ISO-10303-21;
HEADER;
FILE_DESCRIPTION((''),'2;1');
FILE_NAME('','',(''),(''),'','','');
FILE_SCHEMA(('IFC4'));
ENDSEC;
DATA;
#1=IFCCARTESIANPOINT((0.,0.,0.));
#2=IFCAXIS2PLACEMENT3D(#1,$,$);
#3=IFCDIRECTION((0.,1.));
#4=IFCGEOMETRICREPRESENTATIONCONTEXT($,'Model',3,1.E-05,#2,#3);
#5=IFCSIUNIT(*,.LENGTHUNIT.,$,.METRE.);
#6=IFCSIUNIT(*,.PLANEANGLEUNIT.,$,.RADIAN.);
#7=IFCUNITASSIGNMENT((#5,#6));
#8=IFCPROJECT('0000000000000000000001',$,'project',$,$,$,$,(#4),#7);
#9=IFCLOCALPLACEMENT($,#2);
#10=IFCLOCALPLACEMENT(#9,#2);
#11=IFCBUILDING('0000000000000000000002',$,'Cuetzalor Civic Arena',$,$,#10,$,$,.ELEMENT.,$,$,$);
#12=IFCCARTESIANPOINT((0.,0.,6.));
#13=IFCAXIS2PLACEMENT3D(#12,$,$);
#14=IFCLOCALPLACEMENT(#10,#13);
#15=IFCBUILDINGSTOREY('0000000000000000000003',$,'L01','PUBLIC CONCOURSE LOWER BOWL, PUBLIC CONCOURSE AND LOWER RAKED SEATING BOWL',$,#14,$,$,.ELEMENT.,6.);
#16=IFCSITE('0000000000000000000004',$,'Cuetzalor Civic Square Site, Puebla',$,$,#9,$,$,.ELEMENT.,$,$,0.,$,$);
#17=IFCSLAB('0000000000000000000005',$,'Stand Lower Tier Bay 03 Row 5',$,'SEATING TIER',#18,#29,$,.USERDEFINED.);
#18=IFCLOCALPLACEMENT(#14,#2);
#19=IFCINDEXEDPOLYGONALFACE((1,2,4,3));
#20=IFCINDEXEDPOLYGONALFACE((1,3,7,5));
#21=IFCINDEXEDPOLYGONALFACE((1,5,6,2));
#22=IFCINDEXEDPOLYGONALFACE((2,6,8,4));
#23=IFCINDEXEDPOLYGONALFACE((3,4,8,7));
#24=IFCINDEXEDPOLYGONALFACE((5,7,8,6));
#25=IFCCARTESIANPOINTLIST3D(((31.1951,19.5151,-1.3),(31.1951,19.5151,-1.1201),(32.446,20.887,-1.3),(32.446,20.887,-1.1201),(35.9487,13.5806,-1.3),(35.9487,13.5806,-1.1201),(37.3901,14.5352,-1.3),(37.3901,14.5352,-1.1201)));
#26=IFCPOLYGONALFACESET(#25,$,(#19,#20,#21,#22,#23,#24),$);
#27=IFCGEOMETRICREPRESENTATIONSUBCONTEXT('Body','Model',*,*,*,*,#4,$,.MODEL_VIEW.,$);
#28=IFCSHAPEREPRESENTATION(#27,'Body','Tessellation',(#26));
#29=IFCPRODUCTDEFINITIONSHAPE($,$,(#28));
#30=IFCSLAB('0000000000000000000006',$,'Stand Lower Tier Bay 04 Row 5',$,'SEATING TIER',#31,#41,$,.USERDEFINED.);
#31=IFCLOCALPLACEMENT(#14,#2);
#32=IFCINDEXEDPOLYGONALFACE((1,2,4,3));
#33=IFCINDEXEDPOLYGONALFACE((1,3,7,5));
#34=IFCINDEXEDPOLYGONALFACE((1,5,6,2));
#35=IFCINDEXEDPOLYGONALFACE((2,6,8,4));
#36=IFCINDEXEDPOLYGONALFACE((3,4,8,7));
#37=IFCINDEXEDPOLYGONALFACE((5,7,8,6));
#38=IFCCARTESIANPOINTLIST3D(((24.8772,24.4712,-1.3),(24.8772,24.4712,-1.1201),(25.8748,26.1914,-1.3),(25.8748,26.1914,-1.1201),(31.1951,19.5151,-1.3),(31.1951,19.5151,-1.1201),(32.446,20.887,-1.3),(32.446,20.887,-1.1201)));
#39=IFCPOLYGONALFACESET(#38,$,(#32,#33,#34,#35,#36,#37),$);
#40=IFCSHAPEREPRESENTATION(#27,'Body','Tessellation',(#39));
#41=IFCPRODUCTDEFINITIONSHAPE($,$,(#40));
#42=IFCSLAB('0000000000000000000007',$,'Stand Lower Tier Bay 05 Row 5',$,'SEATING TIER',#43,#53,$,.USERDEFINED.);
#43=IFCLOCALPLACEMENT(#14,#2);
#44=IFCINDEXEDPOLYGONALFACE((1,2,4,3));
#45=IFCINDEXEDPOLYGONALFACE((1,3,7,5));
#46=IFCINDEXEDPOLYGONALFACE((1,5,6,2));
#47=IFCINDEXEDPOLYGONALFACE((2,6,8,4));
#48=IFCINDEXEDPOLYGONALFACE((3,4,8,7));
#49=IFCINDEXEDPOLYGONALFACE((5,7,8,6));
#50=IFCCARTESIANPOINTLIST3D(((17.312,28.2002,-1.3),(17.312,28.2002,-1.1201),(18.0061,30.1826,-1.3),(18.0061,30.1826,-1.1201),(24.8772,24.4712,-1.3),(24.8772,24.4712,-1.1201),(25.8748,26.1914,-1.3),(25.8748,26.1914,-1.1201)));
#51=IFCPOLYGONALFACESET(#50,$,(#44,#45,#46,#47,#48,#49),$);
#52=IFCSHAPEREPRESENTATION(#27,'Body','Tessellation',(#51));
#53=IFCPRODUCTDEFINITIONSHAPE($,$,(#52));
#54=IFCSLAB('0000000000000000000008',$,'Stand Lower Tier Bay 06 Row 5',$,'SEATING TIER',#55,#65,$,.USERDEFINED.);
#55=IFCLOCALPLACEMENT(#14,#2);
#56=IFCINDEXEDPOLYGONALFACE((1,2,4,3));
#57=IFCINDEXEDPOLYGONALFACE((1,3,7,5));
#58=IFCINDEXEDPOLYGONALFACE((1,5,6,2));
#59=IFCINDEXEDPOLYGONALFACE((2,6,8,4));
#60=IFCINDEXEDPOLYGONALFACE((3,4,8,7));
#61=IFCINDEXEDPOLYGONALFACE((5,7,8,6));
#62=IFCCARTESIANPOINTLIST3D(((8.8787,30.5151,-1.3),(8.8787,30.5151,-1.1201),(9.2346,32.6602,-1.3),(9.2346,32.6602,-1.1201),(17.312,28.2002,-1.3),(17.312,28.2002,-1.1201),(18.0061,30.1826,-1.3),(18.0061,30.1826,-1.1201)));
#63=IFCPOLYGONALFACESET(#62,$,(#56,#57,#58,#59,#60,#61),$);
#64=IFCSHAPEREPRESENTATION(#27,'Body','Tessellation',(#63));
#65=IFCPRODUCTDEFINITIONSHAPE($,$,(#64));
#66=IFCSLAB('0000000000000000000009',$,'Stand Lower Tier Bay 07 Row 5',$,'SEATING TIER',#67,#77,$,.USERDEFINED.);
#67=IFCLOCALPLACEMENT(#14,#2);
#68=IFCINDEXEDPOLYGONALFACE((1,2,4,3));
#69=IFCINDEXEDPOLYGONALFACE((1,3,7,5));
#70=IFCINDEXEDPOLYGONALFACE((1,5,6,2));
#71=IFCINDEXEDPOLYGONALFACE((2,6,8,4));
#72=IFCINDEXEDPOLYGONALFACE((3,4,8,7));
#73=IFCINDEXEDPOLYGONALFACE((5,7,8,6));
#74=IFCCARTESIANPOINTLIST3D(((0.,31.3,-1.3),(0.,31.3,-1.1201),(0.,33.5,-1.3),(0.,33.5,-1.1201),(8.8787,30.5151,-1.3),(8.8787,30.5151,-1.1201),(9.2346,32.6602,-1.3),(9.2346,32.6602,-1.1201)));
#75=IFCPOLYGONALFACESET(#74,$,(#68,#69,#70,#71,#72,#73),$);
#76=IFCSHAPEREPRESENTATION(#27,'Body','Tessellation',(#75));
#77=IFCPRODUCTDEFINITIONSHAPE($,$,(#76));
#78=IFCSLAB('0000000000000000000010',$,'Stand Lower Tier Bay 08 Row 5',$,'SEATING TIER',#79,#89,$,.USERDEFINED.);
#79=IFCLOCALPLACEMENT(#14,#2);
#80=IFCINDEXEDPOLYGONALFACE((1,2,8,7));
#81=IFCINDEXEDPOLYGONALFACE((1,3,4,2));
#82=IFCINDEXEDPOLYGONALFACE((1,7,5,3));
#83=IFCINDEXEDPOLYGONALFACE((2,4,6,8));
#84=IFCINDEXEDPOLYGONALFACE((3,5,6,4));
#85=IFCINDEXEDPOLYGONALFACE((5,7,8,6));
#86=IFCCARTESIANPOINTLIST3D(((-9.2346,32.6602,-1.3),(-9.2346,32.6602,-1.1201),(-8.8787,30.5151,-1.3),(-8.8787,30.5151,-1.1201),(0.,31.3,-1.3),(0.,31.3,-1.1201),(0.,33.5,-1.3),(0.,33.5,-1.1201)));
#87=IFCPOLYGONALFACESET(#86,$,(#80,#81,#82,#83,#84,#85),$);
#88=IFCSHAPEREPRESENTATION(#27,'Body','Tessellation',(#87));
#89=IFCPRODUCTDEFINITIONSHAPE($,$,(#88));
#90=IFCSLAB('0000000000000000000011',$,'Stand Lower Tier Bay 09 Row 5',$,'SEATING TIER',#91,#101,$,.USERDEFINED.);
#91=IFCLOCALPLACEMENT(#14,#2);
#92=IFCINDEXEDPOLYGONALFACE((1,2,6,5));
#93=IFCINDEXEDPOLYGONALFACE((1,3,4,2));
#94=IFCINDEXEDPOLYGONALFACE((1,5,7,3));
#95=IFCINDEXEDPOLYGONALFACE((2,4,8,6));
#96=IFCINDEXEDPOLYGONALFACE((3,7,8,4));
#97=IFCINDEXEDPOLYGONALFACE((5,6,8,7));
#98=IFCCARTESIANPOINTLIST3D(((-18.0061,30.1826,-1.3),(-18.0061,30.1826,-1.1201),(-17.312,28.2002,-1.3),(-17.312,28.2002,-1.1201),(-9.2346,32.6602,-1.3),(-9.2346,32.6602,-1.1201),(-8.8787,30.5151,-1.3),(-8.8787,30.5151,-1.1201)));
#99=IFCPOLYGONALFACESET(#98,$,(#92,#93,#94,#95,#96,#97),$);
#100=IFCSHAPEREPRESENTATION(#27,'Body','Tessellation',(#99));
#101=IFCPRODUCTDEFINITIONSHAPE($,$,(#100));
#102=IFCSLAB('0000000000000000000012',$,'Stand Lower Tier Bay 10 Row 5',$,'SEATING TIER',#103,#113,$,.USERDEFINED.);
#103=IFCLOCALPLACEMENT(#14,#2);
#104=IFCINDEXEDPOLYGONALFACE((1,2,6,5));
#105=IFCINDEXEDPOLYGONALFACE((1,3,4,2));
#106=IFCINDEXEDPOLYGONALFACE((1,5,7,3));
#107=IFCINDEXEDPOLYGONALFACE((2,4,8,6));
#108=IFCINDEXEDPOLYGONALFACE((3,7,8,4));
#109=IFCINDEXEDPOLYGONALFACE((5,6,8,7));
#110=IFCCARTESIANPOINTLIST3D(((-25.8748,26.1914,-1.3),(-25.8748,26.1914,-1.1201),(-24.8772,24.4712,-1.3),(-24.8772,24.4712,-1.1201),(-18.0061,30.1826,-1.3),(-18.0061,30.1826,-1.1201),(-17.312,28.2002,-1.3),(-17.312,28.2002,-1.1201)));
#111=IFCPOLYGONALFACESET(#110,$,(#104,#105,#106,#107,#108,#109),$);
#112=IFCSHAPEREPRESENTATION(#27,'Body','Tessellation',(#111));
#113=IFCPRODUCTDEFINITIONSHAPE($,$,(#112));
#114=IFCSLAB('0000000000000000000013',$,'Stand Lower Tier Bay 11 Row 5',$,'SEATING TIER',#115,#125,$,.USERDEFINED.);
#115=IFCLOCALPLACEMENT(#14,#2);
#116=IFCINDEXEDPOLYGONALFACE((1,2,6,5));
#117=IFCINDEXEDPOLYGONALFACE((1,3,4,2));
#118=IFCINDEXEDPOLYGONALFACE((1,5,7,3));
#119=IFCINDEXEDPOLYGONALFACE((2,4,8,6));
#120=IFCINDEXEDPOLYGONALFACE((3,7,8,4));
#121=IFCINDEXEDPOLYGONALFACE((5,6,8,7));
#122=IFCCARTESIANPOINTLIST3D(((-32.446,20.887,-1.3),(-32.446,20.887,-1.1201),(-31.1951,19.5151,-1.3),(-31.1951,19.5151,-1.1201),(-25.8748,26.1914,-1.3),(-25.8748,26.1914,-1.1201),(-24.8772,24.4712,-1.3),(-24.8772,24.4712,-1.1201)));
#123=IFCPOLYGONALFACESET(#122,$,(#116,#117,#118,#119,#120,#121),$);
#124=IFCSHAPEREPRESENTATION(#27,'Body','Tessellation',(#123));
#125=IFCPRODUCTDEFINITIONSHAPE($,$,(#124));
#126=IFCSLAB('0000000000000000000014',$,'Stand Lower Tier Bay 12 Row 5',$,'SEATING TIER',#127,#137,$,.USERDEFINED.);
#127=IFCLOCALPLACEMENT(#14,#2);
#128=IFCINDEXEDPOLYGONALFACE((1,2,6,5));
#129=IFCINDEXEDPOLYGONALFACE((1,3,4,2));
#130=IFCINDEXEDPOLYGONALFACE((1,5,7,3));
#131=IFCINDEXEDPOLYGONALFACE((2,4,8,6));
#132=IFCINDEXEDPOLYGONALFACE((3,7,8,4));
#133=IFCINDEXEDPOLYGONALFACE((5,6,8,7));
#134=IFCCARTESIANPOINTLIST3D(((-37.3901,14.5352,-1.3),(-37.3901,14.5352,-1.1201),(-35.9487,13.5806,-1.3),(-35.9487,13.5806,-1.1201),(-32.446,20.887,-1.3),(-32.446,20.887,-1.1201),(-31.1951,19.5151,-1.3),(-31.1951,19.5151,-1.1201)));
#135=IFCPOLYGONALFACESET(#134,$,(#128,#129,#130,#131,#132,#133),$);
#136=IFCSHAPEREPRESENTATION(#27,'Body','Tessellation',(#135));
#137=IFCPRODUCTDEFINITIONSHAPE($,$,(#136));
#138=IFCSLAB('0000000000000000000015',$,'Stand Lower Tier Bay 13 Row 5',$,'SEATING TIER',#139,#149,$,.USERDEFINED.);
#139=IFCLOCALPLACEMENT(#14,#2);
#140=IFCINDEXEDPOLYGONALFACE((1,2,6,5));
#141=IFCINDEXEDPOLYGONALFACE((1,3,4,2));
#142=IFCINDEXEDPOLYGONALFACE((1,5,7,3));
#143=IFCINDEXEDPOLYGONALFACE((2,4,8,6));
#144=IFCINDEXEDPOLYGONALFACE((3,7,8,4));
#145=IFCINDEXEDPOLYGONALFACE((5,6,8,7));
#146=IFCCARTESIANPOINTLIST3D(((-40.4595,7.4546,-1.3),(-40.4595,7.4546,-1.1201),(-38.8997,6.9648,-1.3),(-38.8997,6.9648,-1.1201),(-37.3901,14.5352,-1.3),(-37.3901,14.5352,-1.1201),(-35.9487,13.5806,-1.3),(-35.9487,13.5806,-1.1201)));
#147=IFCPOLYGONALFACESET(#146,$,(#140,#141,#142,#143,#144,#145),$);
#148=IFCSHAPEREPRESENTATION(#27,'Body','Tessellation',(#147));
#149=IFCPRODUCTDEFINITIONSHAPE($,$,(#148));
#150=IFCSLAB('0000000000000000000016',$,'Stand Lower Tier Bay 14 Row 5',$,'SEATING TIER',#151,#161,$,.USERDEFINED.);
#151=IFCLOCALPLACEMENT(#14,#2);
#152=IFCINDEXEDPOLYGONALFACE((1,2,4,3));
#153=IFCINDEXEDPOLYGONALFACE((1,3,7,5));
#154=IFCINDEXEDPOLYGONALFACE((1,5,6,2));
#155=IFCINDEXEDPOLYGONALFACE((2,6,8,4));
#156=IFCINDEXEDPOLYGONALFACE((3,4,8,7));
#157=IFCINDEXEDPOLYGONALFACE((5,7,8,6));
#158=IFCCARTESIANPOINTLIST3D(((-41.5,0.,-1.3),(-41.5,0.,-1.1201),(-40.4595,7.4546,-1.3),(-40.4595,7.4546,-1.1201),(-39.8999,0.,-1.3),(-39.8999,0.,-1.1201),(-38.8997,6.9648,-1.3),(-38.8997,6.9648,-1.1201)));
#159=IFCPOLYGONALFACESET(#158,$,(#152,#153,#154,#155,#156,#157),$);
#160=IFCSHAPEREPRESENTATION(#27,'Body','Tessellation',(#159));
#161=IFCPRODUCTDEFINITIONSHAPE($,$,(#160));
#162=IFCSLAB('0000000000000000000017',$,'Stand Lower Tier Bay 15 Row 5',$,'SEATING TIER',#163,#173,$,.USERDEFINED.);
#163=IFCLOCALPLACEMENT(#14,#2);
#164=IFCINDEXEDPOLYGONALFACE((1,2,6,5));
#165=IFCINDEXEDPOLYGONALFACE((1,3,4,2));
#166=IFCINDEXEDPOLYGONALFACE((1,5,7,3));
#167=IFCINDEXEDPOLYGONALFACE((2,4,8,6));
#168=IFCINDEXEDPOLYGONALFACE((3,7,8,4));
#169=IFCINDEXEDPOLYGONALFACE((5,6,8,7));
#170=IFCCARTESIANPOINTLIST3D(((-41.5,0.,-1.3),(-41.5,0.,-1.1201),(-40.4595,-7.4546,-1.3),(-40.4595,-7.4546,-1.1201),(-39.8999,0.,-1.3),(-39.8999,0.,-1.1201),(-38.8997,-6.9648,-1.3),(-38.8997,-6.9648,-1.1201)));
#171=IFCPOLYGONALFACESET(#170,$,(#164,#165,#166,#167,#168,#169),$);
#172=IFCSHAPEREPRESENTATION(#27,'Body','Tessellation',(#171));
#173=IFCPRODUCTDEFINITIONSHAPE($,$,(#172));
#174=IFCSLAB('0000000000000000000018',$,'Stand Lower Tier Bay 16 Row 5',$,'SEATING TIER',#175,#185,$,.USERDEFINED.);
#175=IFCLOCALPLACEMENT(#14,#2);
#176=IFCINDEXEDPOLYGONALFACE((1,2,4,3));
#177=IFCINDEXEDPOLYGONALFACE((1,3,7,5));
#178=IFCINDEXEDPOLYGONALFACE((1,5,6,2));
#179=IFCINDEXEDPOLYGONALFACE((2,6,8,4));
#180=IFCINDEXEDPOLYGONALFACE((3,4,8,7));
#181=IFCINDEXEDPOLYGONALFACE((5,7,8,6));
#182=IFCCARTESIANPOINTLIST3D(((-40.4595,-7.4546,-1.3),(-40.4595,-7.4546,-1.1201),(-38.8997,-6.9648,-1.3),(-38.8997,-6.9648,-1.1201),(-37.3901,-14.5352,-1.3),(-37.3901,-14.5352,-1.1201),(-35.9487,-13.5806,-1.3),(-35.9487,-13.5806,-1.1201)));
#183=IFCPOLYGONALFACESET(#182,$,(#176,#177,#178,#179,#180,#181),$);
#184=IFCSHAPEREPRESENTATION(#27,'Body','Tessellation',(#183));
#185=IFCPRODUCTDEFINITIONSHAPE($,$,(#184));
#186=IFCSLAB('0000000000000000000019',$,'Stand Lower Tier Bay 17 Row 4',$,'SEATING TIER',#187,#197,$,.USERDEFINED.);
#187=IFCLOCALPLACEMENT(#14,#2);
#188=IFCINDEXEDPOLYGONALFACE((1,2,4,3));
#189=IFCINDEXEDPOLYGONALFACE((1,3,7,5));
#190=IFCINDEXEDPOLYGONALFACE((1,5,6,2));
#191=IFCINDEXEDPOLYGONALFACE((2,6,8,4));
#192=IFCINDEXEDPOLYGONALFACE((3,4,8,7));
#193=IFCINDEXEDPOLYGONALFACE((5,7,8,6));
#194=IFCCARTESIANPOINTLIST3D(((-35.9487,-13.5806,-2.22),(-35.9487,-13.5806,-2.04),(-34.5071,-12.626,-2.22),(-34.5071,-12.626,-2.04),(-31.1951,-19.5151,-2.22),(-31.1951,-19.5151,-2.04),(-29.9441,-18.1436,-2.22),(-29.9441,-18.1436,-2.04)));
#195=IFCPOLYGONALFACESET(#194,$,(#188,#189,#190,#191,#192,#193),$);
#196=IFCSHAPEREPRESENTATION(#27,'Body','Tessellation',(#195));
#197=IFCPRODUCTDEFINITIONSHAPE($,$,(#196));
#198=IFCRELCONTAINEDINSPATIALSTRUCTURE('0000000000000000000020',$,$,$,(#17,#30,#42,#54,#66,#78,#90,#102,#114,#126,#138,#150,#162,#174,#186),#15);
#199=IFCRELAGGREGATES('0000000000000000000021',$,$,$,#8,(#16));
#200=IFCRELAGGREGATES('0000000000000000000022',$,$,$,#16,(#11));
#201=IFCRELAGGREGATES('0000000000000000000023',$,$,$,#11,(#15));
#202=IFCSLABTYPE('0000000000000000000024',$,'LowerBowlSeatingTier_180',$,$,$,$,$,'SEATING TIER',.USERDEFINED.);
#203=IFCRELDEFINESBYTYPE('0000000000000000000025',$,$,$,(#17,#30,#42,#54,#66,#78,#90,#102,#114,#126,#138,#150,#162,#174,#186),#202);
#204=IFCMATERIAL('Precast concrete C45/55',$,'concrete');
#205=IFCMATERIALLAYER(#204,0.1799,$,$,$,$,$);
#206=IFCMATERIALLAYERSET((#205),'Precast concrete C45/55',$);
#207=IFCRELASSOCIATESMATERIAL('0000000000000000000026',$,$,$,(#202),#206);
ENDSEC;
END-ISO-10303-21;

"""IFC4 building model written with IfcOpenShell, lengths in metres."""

from ifc_helpers import new_model, si_unit, direction, frame, origin, place, context, subcontext, project, spatial, polyline, outline, extrude, material, layer, layer_set, type_object, element, save


model = new_model("IFC4")

# Units and contexts
model_context = context("Model", 3, precision=1e-05, world=origin(), true_north=direction((0.0, 1.0)))
body_context = subcontext(model_context, "Body", "Model", "MODEL_VIEW")
ifc_project = project(units=[si_unit("LENGTHUNIT", "METRE"), si_unit("PLANEANGLEUNIT", "RADIAN")], contexts=[model_context])

# Site, building, storey
site_placement = place(None, origin())
site = spatial("IfcSite", under=ifc_project, at=site_placement, Name="Cuetzalor Civic Square Site, Puebla", CompositionType="ELEMENT", RefElevation=0.0)
building_placement = place(site_placement, origin())
building = spatial("IfcBuilding", under=site, at=building_placement, Name="Cuetzalor Civic Arena", CompositionType="ELEMENT")
storey_placement = place(building_placement, frame((0.0, 0.0, 6.0)))
storey = spatial("IfcBuildingStorey", under=building, at=storey_placement, Name="L01", Description="PUBLIC CONCOURSE LOWER BOWL, PUBLIC CONCOURSE AND LOWER RAKED SEATING BOWL", CompositionType="ELEMENT", Elevation=6.0)

# Slabs
ifc_material_1 = material(Name="Precast concrete C45/55", Category="concrete")
ifc_layer_1 = layer(ifc_material_1, 0.1799)
ifc_layer_set_1 = layer_set([ifc_layer_1], Name="Precast concrete C45/55")
slab_type_1 = type_object("IfcSlabType", Name="LowerBowlSeatingTier_180", ElementType="SEATING TIER", PredefinedType="USERDEFINED", material=ifc_layer_set_1)
slab_1_placement = place(storey_placement, frame((0.0, 0.0, -1.3)))
element("IfcSlab", 1, at=slab_1_placement, inside=storey, type_object=slab_type_1, Name="Stand Lower Tier Bay 03 Row 5", ObjectType="SEATING TIER", PredefinedType="USERDEFINED", context=body_context, shape_type="SweptSolid", body=[
    extrude(outline(polyline([(35.9487, 13.5806), (31.1951, 19.5151), (32.446, 20.887), (37.3901, 14.5352), (35.9487, 13.5806)])), origin(), (0.0, 0.0, 1.0), 0.1799),
])
slab_2_placement = place(storey_placement, frame((0.0, 0.0, -1.3)))
element("IfcSlab", 2, at=slab_2_placement, inside=storey, type_object=slab_type_1, Name="Stand Lower Tier Bay 04 Row 5", ObjectType="SEATING TIER", PredefinedType="USERDEFINED", context=body_context, shape_type="SweptSolid", body=[
    extrude(outline(polyline([(31.1951, 19.5151), (24.8772, 24.4712), (25.8748, 26.1914), (32.446, 20.887), (31.1951, 19.5151)])), origin(), (0.0, 0.0, 1.0), 0.1799),
])
slab_3_placement = place(storey_placement, frame((0.0, 0.0, -1.3)))
element("IfcSlab", 3, at=slab_3_placement, inside=storey, type_object=slab_type_1, Name="Stand Lower Tier Bay 05 Row 5", ObjectType="SEATING TIER", PredefinedType="USERDEFINED", context=body_context, shape_type="SweptSolid", body=[
    extrude(outline(polyline([(24.8772, 24.4712), (17.312, 28.2002), (18.0061, 30.1826), (25.8748, 26.1914), (24.8772, 24.4712)])), origin(), (0.0, 0.0, 1.0), 0.1799),
])
slab_4_placement = place(storey_placement, frame((0.0, 0.0, -1.3)))
element("IfcSlab", 4, at=slab_4_placement, inside=storey, type_object=slab_type_1, Name="Stand Lower Tier Bay 06 Row 5", ObjectType="SEATING TIER", PredefinedType="USERDEFINED", context=body_context, shape_type="SweptSolid", body=[
    extrude(outline(polyline([(17.312, 28.2002), (8.8787, 30.5151), (9.2346, 32.6602), (18.0061, 30.1826), (17.312, 28.2002)])), origin(), (0.0, 0.0, 1.0), 0.1799),
])
slab_5_placement = place(storey_placement, frame((0.0, 0.0, -1.3)))
element("IfcSlab", 5, at=slab_5_placement, inside=storey, type_object=slab_type_1, Name="Stand Lower Tier Bay 07 Row 5", ObjectType="SEATING TIER", PredefinedType="USERDEFINED", context=body_context, shape_type="SweptSolid", body=[
    extrude(outline(polyline([(8.8787, 30.5151), (0.0, 31.3), (0.0, 33.5), (9.2346, 32.6602), (8.8787, 30.5151)])), origin(), (0.0, 0.0, 1.0), 0.1799),
])
slab_6_placement = place(storey_placement, frame((0.0, 0.0, -1.3)))
element("IfcSlab", 6, at=slab_6_placement, inside=storey, type_object=slab_type_1, Name="Stand Lower Tier Bay 08 Row 5", ObjectType="SEATING TIER", PredefinedType="USERDEFINED", context=body_context, shape_type="SweptSolid", body=[
    extrude(outline(polyline([(0.0, 31.3), (-8.8787, 30.5151), (-9.2346, 32.6602), (0.0, 33.5), (0.0, 31.3)])), origin(), (0.0, 0.0, 1.0), 0.1799),
])
slab_7_placement = place(storey_placement, frame((0.0, 0.0, -1.3)))
element("IfcSlab", 7, at=slab_7_placement, inside=storey, type_object=slab_type_1, Name="Stand Lower Tier Bay 09 Row 5", ObjectType="SEATING TIER", PredefinedType="USERDEFINED", context=body_context, shape_type="SweptSolid", body=[
    extrude(outline(polyline([(-8.8787, 30.5151), (-17.312, 28.2002), (-18.0061, 30.1826), (-9.2346, 32.6602), (-8.8787, 30.5151)])), origin(), (0.0, 0.0, 1.0), 0.1799),
])
slab_8_placement = place(storey_placement, frame((0.0, 0.0, -1.3)))
element("IfcSlab", 8, at=slab_8_placement, inside=storey, type_object=slab_type_1, Name="Stand Lower Tier Bay 10 Row 5", ObjectType="SEATING TIER", PredefinedType="USERDEFINED", context=body_context, shape_type="SweptSolid", body=[
    extrude(outline(polyline([(-17.312, 28.2002), (-24.8772, 24.4712), (-25.8748, 26.1914), (-18.0061, 30.1826), (-17.312, 28.2002)])), origin(), (0.0, 0.0, 1.0), 0.1799),
])
slab_9_placement = place(storey_placement, frame((0.0, 0.0, -1.3)))
element("IfcSlab", 9, at=slab_9_placement, inside=storey, type_object=slab_type_1, Name="Stand Lower Tier Bay 11 Row 5", ObjectType="SEATING TIER", PredefinedType="USERDEFINED", context=body_context, shape_type="SweptSolid", body=[
    extrude(outline(polyline([(-24.8772, 24.4712), (-31.1951, 19.5151), (-32.446, 20.887), (-25.8748, 26.1914), (-24.8772, 24.4712)])), origin(), (0.0, 0.0, 1.0), 0.1799),
])
slab_10_placement = place(storey_placement, frame((0.0, 0.0, -1.3)))
element("IfcSlab", 10, at=slab_10_placement, inside=storey, type_object=slab_type_1, Name="Stand Lower Tier Bay 12 Row 5", ObjectType="SEATING TIER", PredefinedType="USERDEFINED", context=body_context, shape_type="SweptSolid", body=[
    extrude(outline(polyline([(-31.1951, 19.5151), (-35.9487, 13.5806), (-37.3901, 14.5352), (-32.446, 20.887), (-31.1951, 19.5151)])), origin(), (0.0, 0.0, 1.0), 0.1799),
])
slab_11_placement = place(storey_placement, frame((0.0, 0.0, -1.3)))
element("IfcSlab", 11, at=slab_11_placement, inside=storey, type_object=slab_type_1, Name="Stand Lower Tier Bay 13 Row 5", ObjectType="SEATING TIER", PredefinedType="USERDEFINED", context=body_context, shape_type="SweptSolid", body=[
    extrude(outline(polyline([(-35.9487, 13.5806), (-38.8997, 6.9648), (-40.4595, 7.4546), (-37.3901, 14.5352), (-35.9487, 13.5806)])), origin(), (0.0, 0.0, 1.0), 0.1799),
])
slab_12_placement = place(storey_placement, frame((0.0, 0.0, -1.3)))
element("IfcSlab", 12, at=slab_12_placement, inside=storey, type_object=slab_type_1, Name="Stand Lower Tier Bay 14 Row 5", ObjectType="SEATING TIER", PredefinedType="USERDEFINED", context=body_context, shape_type="SweptSolid", body=[
    extrude(outline(polyline([(-38.8997, 6.9648), (-39.8999, 0.0), (-41.5, 0.0), (-40.4595, 7.4546), (-38.8997, 6.9648)])), origin(), (0.0, 0.0, 1.0), 0.1799),
])
slab_13_placement = place(storey_placement, frame((0.0, 0.0, -1.3)))
element("IfcSlab", 13, at=slab_13_placement, inside=storey, type_object=slab_type_1, Name="Stand Lower Tier Bay 15 Row 5", ObjectType="SEATING TIER", PredefinedType="USERDEFINED", context=body_context, shape_type="SweptSolid", body=[
    extrude(outline(polyline([(-39.8999, 0.0), (-38.8997, -6.9648), (-40.4595, -7.4546), (-41.5, 0.0), (-39.8999, 0.0)])), origin(), (0.0, 0.0, 1.0), 0.1799),
])
slab_14_placement = place(storey_placement, frame((0.0, 0.0, -1.3)))
element("IfcSlab", 14, at=slab_14_placement, inside=storey, type_object=slab_type_1, Name="Stand Lower Tier Bay 16 Row 5", ObjectType="SEATING TIER", PredefinedType="USERDEFINED", context=body_context, shape_type="SweptSolid", body=[
    extrude(outline(polyline([(-38.8997, -6.9648), (-35.9487, -13.5806), (-37.3901, -14.5352), (-40.4595, -7.4546), (-38.8997, -6.9648)])), origin(), (0.0, 0.0, 1.0), 0.1799),
])
slab_15_placement = place(storey_placement, frame((0.0, 0.0, -2.22)))
element("IfcSlab", 15, at=slab_15_placement, inside=storey, type_object=slab_type_1, Name="Stand Lower Tier Bay 17 Row 4", ObjectType="SEATING TIER", PredefinedType="USERDEFINED", context=body_context, shape_type="SweptSolid", body=[
    extrude(outline(polyline([(-34.5071, -12.626), (-29.9441, -18.1436), (-31.1951, -19.5151), (-35.9487, -13.5806), (-34.5071, -12.626)])), origin(), (0.0, 0.0, 1.0), 0.1799),
])

save(model, "model.ifc")
